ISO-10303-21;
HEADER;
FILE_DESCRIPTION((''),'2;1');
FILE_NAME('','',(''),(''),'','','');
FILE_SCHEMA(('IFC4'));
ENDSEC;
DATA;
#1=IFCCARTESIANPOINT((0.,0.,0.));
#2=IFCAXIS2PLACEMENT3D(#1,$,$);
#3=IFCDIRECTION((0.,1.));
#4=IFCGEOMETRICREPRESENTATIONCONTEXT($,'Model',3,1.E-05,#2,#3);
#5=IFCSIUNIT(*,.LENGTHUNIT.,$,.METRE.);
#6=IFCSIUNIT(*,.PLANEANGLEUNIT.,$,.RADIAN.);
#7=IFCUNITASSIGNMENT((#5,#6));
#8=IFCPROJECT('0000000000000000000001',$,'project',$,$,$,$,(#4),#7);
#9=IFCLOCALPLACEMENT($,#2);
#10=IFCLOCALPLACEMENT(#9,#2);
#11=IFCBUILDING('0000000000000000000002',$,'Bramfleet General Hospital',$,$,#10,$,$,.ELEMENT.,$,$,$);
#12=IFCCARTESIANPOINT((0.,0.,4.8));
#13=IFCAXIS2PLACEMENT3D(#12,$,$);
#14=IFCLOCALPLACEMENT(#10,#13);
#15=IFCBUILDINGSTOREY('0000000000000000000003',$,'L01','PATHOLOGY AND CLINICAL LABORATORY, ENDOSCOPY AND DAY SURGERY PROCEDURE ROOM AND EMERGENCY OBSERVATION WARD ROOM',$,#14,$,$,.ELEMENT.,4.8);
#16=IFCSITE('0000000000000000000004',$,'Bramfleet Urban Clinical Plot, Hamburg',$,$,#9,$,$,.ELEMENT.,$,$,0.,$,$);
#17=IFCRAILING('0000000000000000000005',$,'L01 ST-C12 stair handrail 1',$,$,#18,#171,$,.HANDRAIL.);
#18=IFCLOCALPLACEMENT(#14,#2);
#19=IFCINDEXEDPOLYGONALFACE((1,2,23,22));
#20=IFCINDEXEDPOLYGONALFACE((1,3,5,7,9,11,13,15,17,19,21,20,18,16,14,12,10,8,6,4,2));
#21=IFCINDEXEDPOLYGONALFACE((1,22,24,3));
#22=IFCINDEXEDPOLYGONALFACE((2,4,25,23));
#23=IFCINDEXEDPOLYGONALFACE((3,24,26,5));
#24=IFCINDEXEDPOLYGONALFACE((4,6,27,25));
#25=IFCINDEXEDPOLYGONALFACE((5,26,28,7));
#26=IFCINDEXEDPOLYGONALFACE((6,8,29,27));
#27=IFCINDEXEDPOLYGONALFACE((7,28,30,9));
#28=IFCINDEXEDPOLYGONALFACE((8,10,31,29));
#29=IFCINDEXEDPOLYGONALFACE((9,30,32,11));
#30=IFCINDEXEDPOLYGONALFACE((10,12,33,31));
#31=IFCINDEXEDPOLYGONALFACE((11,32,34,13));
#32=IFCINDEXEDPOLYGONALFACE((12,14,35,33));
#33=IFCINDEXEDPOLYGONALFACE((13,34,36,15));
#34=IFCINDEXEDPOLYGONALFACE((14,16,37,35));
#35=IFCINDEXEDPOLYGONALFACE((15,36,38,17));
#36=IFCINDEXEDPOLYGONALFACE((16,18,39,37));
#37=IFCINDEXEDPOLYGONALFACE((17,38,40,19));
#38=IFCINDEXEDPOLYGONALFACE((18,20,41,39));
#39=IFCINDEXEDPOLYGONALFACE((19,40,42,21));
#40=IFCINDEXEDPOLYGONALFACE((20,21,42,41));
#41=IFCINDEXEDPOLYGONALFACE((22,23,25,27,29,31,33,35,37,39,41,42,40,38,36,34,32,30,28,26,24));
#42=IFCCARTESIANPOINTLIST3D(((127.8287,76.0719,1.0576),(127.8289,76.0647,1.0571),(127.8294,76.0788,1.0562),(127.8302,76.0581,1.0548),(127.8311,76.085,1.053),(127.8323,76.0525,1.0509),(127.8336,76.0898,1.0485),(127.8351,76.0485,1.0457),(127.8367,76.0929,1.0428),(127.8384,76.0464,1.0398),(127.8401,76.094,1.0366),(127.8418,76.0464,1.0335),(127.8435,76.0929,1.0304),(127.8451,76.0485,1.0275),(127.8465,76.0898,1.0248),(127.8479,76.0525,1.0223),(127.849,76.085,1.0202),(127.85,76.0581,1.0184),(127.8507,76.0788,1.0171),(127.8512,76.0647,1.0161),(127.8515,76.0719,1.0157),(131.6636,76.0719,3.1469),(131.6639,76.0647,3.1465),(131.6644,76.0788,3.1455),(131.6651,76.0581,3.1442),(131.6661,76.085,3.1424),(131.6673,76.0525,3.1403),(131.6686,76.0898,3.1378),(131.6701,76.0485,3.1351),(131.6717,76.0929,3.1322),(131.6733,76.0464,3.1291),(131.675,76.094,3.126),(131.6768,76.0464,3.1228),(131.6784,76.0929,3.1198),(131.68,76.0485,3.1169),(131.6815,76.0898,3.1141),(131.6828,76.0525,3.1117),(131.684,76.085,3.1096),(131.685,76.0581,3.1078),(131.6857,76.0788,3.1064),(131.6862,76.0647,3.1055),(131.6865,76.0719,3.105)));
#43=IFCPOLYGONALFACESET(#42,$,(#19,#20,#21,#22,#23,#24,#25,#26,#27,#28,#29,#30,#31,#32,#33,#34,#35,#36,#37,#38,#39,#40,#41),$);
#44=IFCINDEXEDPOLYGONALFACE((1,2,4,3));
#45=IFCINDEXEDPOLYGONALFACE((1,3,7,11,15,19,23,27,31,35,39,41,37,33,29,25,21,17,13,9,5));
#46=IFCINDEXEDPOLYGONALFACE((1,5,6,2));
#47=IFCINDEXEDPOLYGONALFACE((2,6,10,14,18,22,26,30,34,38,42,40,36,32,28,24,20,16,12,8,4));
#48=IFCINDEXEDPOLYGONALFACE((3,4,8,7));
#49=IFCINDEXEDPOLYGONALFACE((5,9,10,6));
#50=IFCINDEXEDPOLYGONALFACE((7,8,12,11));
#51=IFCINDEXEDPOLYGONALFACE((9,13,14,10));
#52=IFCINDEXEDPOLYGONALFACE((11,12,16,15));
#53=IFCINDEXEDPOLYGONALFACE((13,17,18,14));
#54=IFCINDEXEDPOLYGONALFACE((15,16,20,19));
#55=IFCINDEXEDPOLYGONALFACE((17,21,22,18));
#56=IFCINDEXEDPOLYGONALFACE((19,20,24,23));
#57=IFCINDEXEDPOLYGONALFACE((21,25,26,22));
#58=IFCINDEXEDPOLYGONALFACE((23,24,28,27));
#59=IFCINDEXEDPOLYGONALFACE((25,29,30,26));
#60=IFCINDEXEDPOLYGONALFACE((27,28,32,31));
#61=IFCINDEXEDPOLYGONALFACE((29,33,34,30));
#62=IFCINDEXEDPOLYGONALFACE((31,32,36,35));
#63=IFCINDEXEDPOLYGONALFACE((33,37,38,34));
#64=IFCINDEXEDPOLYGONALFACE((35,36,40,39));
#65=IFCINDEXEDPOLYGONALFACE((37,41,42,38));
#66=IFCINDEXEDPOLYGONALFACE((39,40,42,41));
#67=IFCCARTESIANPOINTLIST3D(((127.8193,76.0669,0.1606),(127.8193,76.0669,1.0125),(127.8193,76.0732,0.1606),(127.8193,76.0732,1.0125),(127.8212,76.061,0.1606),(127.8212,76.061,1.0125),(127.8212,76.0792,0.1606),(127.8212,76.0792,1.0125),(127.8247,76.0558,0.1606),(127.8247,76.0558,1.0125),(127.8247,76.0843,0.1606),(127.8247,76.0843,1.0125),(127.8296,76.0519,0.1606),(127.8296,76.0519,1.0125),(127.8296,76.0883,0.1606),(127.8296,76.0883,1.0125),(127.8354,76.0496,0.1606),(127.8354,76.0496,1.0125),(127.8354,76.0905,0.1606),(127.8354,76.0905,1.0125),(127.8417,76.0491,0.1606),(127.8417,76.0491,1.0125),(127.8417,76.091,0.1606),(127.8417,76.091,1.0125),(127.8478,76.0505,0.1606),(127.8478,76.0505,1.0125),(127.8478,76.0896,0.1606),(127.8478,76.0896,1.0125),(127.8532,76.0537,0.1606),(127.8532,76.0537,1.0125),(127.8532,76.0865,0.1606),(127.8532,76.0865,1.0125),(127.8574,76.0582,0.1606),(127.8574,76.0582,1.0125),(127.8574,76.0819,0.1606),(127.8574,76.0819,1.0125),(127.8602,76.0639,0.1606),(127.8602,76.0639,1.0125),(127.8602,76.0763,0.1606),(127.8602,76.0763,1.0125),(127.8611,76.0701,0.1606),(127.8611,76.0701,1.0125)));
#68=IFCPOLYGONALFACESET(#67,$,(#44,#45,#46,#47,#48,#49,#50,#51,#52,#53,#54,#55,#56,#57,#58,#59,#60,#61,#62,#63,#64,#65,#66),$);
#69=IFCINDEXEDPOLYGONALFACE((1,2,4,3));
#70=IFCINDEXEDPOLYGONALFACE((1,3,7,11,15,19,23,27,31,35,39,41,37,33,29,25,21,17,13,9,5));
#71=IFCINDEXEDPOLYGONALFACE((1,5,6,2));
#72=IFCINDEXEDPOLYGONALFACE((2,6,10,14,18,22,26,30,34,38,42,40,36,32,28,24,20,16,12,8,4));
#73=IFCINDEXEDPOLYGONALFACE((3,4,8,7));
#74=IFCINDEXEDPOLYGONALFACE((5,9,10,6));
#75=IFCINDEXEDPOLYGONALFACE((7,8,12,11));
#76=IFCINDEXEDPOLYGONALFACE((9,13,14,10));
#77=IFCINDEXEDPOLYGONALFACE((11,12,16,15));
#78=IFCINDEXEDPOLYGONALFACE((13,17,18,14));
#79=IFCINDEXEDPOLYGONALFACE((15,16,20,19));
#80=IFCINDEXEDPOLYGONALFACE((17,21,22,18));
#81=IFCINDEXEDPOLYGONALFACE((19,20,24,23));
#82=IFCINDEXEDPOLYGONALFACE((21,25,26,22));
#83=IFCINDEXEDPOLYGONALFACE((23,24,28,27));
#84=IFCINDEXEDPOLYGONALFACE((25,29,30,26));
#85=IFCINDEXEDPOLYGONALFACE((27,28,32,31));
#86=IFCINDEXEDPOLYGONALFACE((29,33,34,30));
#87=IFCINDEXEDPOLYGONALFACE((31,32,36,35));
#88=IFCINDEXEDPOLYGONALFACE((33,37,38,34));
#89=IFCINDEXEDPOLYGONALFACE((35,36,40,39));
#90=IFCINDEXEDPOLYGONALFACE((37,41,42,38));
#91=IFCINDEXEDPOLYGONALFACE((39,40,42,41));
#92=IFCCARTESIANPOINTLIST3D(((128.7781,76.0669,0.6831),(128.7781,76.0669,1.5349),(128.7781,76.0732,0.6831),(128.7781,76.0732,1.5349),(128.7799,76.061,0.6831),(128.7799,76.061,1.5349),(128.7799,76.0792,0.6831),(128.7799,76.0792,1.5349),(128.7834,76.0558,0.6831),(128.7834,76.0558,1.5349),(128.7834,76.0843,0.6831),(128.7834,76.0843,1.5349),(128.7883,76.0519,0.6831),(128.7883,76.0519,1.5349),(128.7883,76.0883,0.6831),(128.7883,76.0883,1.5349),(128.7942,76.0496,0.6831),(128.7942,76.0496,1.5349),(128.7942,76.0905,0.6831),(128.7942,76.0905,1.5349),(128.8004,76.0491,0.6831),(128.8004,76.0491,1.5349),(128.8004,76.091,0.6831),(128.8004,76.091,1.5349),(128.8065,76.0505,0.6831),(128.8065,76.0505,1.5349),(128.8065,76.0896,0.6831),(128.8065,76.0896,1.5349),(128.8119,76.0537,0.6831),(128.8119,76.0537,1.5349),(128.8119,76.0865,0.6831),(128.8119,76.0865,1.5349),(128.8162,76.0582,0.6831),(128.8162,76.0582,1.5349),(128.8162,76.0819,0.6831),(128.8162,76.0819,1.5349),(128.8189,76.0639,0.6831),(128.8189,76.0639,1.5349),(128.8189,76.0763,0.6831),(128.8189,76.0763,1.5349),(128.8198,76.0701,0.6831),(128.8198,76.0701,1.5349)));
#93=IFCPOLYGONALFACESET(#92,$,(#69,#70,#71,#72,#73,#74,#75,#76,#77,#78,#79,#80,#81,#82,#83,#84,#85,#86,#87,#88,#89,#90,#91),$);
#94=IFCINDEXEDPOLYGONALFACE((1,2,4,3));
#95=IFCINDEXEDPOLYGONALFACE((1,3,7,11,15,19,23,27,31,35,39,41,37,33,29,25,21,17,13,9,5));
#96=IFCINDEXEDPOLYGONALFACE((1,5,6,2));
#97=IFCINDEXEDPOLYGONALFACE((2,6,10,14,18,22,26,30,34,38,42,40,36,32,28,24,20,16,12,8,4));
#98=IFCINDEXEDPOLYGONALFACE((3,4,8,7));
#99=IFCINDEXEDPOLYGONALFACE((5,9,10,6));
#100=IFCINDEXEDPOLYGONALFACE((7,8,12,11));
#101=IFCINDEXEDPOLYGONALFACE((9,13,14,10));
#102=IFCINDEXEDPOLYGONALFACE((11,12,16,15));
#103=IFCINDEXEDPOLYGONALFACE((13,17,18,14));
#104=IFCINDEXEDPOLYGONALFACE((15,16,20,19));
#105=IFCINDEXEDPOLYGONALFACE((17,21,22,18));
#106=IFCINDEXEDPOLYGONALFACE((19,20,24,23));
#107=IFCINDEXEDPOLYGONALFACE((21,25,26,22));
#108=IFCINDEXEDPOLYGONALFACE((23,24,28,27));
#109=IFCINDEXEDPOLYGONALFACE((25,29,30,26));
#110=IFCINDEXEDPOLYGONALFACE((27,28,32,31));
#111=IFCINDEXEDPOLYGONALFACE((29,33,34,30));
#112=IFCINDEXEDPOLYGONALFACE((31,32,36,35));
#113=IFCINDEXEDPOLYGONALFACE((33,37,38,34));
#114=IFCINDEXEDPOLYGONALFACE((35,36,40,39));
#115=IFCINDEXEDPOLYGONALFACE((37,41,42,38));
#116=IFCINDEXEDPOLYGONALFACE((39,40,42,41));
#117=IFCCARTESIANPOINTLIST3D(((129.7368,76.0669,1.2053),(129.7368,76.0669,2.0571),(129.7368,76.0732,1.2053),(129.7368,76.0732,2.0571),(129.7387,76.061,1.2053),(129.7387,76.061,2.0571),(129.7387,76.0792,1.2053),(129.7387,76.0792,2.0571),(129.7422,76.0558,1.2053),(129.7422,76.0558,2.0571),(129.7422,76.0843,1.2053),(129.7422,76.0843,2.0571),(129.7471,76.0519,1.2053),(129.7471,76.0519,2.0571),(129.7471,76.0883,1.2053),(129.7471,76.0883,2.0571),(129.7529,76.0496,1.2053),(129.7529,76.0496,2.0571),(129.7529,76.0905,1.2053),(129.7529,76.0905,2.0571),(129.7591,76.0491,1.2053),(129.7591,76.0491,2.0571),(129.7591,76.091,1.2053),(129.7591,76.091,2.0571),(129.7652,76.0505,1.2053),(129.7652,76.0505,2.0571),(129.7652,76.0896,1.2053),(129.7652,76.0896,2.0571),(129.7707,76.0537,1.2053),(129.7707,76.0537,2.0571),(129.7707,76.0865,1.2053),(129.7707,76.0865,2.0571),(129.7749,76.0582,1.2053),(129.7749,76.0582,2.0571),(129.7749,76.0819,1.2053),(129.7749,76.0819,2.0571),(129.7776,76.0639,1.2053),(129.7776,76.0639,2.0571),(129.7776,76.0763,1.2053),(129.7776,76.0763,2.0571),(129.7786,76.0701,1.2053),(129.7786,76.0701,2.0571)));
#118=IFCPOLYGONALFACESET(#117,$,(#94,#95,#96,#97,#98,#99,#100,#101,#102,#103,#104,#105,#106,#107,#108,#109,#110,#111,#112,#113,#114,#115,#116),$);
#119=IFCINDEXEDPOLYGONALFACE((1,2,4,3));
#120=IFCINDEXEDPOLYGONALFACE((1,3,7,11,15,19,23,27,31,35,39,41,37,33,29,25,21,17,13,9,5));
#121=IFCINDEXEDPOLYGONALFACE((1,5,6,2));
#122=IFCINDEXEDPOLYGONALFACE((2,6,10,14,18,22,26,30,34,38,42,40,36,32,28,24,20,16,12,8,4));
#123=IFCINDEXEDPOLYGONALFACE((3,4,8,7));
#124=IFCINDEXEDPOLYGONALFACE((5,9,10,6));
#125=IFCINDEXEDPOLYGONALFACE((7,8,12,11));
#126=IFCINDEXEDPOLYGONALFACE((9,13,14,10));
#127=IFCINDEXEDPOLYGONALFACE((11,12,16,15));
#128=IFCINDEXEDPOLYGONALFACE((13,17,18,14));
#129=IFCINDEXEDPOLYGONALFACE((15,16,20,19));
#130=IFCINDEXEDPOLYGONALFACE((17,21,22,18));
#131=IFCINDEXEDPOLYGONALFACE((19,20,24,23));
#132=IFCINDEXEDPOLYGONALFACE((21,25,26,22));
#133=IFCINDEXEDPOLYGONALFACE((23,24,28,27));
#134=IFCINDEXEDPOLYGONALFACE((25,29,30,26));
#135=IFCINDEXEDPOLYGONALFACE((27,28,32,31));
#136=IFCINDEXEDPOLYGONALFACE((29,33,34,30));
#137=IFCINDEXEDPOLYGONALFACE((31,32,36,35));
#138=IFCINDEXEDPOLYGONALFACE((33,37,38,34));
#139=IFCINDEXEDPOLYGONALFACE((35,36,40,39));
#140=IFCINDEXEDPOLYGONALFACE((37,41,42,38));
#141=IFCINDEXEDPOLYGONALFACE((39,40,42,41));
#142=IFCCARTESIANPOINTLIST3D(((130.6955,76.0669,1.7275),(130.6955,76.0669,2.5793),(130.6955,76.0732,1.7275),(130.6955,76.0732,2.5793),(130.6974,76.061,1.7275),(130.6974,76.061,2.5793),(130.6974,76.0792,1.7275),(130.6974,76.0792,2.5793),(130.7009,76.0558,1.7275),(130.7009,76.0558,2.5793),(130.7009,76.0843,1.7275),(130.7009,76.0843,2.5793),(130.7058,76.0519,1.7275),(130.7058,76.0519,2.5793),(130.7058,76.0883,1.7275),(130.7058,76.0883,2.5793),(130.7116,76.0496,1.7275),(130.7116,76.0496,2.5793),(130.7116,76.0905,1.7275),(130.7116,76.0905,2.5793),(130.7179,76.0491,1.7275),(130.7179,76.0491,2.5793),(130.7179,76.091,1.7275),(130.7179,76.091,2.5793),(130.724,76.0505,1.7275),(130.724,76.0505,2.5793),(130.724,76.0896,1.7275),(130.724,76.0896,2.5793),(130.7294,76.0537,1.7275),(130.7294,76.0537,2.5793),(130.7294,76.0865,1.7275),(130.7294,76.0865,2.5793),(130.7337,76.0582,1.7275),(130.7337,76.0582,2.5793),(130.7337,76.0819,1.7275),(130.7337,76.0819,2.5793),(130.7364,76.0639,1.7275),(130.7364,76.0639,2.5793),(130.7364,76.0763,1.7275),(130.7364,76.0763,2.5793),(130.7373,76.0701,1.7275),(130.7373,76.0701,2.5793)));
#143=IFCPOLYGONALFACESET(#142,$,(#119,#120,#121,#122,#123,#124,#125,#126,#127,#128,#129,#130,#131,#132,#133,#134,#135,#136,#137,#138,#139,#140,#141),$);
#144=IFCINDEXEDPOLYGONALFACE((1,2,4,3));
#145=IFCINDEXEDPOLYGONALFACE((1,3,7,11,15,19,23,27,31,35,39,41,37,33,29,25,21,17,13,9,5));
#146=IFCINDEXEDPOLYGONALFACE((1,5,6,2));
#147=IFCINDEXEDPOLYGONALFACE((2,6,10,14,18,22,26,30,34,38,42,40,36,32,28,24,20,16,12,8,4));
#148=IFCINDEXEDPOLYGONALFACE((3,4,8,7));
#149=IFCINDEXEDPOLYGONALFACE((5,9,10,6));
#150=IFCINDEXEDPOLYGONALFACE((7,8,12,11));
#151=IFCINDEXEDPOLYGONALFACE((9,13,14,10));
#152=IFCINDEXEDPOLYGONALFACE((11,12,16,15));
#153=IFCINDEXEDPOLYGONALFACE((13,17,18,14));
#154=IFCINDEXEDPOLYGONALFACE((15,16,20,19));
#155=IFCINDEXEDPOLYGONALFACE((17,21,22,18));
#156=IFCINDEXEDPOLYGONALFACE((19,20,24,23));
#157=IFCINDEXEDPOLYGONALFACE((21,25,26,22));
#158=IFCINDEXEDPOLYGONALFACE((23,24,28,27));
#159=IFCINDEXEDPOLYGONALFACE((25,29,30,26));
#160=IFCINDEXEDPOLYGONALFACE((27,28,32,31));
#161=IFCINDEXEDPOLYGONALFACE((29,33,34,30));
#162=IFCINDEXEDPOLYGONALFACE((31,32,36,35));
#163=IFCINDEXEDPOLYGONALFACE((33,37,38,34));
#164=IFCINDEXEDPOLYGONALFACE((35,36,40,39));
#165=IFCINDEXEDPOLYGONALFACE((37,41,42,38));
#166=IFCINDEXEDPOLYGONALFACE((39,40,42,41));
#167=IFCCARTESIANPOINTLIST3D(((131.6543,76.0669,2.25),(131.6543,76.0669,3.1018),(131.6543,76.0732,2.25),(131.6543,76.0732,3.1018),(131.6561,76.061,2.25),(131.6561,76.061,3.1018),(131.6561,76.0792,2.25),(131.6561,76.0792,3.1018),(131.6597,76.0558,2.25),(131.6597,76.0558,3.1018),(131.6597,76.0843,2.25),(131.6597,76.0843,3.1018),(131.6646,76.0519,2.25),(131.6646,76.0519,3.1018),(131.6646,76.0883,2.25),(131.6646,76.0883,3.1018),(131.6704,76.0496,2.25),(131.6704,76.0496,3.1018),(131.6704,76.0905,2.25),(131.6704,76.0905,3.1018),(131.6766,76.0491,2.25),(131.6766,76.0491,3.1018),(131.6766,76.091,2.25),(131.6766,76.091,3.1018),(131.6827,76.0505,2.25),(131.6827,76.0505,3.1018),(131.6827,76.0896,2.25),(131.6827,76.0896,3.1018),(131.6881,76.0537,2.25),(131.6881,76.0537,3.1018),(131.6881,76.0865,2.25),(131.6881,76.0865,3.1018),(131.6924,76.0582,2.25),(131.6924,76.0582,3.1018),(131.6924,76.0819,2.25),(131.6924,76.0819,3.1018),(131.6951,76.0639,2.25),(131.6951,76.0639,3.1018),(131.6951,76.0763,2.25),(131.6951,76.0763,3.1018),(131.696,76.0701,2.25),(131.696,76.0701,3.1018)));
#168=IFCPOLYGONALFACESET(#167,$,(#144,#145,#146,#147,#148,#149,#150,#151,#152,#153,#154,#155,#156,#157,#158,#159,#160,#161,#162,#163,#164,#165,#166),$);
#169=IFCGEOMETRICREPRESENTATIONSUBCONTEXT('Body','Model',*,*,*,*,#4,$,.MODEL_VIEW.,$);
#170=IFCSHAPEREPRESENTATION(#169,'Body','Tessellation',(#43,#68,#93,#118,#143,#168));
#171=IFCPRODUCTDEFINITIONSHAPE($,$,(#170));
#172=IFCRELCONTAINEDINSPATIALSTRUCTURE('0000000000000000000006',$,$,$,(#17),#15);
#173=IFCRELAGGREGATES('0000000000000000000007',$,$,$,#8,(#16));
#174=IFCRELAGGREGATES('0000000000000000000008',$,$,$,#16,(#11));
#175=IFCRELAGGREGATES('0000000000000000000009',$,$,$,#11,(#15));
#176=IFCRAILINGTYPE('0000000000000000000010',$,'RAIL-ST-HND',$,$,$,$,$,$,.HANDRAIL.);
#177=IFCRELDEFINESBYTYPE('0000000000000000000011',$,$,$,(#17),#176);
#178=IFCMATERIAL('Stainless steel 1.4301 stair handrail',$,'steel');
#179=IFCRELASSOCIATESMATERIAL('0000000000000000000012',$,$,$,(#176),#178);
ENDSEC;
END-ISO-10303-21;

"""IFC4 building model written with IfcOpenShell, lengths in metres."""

from ifc_helpers import new_model, si_unit, direction, frame, origin, origin_2d, place, context, subcontext, project, spatial, circle, extrude, material, type_object, element, save


model = new_model("IFC4")

# Units and contexts
model_context = context("Model", 3, precision=1e-05, world=origin(), true_north=direction((0.0, 1.0)))
body_context = subcontext(model_context, "Body", "Model", "MODEL_VIEW")
ifc_project = project(units=[si_unit("LENGTHUNIT", "METRE"), si_unit("PLANEANGLEUNIT", "RADIAN")], contexts=[model_context])

# Site, building, storey
site_placement = place(None, origin())
site = spatial("IfcSite", under=ifc_project, at=site_placement, Name="Bramfleet Urban Clinical Plot, Hamburg", CompositionType="ELEMENT", RefElevation=0.0)
building_placement = place(site_placement, origin())
building = spatial("IfcBuilding", under=site, at=building_placement, Name="Bramfleet General Hospital", CompositionType="ELEMENT")
storey_placement = place(building_placement, frame((0.0, 0.0, 4.8)))
storey = spatial("IfcBuildingStorey", under=building, at=storey_placement, Name="L01", Description="PATHOLOGY AND CLINICAL LABORATORY, ENDOSCOPY AND DAY SURGERY PROCEDURE ROOM AND EMERGENCY OBSERVATION WARD ROOM", CompositionType="ELEMENT", Elevation=4.8)

# Railing
ifc_material_1 = material(Name="Stainless steel 1.4301 stair handrail", Category="steel")
railing_type_1 = type_object("IfcRailingType", Name="RAIL-ST-HND", PredefinedType="HANDRAIL", material=ifc_material_1)
railing_1_placement = place(storey_placement, frame((127.8401, 76.0701, 0.1606)))
element("IfcRailing", 1, at=railing_1_placement, inside=storey, type_object=railing_type_1, Name="L01 ST-C12 stair handrail 1", PredefinedType="HANDRAIL", context=body_context, shape_type="SweptSolid", body=[
    extrude(circle(Radius=0.0239, at=origin_2d()), frame((0.0, 0.0, 0.876), z_axis=(0.87813, 0.0, 0.478421), x_axis=(0.0, 1.0, 0.0)), (0.0, 0.0, 1.0), 4.3672),
    extrude(circle(Radius=0.021, at=origin_2d()), origin(), (0.0, 0.0, 1.0), 0.8518),
    extrude(circle(Radius=0.021, at=origin_2d()), frame((0.9587, 0.0, 0.5225)), (0.0, 0.0, 1.0), 0.8518),
    extrude(circle(Radius=0.021, at=origin_2d()), frame((1.9175, 0.0, 1.0447)), (0.0, 0.0, 1.0), 0.8518),
    extrude(circle(Radius=0.021, at=origin_2d()), frame((2.8762, 0.0, 1.5669)), (0.0, 0.0, 1.0), 0.8518),
    extrude(circle(Radius=0.021, at=origin_2d()), frame((3.835, 0.0, 2.0894)), (0.0, 0.0, 1.0), 0.8518),
])

save(model, "model.ifc")
